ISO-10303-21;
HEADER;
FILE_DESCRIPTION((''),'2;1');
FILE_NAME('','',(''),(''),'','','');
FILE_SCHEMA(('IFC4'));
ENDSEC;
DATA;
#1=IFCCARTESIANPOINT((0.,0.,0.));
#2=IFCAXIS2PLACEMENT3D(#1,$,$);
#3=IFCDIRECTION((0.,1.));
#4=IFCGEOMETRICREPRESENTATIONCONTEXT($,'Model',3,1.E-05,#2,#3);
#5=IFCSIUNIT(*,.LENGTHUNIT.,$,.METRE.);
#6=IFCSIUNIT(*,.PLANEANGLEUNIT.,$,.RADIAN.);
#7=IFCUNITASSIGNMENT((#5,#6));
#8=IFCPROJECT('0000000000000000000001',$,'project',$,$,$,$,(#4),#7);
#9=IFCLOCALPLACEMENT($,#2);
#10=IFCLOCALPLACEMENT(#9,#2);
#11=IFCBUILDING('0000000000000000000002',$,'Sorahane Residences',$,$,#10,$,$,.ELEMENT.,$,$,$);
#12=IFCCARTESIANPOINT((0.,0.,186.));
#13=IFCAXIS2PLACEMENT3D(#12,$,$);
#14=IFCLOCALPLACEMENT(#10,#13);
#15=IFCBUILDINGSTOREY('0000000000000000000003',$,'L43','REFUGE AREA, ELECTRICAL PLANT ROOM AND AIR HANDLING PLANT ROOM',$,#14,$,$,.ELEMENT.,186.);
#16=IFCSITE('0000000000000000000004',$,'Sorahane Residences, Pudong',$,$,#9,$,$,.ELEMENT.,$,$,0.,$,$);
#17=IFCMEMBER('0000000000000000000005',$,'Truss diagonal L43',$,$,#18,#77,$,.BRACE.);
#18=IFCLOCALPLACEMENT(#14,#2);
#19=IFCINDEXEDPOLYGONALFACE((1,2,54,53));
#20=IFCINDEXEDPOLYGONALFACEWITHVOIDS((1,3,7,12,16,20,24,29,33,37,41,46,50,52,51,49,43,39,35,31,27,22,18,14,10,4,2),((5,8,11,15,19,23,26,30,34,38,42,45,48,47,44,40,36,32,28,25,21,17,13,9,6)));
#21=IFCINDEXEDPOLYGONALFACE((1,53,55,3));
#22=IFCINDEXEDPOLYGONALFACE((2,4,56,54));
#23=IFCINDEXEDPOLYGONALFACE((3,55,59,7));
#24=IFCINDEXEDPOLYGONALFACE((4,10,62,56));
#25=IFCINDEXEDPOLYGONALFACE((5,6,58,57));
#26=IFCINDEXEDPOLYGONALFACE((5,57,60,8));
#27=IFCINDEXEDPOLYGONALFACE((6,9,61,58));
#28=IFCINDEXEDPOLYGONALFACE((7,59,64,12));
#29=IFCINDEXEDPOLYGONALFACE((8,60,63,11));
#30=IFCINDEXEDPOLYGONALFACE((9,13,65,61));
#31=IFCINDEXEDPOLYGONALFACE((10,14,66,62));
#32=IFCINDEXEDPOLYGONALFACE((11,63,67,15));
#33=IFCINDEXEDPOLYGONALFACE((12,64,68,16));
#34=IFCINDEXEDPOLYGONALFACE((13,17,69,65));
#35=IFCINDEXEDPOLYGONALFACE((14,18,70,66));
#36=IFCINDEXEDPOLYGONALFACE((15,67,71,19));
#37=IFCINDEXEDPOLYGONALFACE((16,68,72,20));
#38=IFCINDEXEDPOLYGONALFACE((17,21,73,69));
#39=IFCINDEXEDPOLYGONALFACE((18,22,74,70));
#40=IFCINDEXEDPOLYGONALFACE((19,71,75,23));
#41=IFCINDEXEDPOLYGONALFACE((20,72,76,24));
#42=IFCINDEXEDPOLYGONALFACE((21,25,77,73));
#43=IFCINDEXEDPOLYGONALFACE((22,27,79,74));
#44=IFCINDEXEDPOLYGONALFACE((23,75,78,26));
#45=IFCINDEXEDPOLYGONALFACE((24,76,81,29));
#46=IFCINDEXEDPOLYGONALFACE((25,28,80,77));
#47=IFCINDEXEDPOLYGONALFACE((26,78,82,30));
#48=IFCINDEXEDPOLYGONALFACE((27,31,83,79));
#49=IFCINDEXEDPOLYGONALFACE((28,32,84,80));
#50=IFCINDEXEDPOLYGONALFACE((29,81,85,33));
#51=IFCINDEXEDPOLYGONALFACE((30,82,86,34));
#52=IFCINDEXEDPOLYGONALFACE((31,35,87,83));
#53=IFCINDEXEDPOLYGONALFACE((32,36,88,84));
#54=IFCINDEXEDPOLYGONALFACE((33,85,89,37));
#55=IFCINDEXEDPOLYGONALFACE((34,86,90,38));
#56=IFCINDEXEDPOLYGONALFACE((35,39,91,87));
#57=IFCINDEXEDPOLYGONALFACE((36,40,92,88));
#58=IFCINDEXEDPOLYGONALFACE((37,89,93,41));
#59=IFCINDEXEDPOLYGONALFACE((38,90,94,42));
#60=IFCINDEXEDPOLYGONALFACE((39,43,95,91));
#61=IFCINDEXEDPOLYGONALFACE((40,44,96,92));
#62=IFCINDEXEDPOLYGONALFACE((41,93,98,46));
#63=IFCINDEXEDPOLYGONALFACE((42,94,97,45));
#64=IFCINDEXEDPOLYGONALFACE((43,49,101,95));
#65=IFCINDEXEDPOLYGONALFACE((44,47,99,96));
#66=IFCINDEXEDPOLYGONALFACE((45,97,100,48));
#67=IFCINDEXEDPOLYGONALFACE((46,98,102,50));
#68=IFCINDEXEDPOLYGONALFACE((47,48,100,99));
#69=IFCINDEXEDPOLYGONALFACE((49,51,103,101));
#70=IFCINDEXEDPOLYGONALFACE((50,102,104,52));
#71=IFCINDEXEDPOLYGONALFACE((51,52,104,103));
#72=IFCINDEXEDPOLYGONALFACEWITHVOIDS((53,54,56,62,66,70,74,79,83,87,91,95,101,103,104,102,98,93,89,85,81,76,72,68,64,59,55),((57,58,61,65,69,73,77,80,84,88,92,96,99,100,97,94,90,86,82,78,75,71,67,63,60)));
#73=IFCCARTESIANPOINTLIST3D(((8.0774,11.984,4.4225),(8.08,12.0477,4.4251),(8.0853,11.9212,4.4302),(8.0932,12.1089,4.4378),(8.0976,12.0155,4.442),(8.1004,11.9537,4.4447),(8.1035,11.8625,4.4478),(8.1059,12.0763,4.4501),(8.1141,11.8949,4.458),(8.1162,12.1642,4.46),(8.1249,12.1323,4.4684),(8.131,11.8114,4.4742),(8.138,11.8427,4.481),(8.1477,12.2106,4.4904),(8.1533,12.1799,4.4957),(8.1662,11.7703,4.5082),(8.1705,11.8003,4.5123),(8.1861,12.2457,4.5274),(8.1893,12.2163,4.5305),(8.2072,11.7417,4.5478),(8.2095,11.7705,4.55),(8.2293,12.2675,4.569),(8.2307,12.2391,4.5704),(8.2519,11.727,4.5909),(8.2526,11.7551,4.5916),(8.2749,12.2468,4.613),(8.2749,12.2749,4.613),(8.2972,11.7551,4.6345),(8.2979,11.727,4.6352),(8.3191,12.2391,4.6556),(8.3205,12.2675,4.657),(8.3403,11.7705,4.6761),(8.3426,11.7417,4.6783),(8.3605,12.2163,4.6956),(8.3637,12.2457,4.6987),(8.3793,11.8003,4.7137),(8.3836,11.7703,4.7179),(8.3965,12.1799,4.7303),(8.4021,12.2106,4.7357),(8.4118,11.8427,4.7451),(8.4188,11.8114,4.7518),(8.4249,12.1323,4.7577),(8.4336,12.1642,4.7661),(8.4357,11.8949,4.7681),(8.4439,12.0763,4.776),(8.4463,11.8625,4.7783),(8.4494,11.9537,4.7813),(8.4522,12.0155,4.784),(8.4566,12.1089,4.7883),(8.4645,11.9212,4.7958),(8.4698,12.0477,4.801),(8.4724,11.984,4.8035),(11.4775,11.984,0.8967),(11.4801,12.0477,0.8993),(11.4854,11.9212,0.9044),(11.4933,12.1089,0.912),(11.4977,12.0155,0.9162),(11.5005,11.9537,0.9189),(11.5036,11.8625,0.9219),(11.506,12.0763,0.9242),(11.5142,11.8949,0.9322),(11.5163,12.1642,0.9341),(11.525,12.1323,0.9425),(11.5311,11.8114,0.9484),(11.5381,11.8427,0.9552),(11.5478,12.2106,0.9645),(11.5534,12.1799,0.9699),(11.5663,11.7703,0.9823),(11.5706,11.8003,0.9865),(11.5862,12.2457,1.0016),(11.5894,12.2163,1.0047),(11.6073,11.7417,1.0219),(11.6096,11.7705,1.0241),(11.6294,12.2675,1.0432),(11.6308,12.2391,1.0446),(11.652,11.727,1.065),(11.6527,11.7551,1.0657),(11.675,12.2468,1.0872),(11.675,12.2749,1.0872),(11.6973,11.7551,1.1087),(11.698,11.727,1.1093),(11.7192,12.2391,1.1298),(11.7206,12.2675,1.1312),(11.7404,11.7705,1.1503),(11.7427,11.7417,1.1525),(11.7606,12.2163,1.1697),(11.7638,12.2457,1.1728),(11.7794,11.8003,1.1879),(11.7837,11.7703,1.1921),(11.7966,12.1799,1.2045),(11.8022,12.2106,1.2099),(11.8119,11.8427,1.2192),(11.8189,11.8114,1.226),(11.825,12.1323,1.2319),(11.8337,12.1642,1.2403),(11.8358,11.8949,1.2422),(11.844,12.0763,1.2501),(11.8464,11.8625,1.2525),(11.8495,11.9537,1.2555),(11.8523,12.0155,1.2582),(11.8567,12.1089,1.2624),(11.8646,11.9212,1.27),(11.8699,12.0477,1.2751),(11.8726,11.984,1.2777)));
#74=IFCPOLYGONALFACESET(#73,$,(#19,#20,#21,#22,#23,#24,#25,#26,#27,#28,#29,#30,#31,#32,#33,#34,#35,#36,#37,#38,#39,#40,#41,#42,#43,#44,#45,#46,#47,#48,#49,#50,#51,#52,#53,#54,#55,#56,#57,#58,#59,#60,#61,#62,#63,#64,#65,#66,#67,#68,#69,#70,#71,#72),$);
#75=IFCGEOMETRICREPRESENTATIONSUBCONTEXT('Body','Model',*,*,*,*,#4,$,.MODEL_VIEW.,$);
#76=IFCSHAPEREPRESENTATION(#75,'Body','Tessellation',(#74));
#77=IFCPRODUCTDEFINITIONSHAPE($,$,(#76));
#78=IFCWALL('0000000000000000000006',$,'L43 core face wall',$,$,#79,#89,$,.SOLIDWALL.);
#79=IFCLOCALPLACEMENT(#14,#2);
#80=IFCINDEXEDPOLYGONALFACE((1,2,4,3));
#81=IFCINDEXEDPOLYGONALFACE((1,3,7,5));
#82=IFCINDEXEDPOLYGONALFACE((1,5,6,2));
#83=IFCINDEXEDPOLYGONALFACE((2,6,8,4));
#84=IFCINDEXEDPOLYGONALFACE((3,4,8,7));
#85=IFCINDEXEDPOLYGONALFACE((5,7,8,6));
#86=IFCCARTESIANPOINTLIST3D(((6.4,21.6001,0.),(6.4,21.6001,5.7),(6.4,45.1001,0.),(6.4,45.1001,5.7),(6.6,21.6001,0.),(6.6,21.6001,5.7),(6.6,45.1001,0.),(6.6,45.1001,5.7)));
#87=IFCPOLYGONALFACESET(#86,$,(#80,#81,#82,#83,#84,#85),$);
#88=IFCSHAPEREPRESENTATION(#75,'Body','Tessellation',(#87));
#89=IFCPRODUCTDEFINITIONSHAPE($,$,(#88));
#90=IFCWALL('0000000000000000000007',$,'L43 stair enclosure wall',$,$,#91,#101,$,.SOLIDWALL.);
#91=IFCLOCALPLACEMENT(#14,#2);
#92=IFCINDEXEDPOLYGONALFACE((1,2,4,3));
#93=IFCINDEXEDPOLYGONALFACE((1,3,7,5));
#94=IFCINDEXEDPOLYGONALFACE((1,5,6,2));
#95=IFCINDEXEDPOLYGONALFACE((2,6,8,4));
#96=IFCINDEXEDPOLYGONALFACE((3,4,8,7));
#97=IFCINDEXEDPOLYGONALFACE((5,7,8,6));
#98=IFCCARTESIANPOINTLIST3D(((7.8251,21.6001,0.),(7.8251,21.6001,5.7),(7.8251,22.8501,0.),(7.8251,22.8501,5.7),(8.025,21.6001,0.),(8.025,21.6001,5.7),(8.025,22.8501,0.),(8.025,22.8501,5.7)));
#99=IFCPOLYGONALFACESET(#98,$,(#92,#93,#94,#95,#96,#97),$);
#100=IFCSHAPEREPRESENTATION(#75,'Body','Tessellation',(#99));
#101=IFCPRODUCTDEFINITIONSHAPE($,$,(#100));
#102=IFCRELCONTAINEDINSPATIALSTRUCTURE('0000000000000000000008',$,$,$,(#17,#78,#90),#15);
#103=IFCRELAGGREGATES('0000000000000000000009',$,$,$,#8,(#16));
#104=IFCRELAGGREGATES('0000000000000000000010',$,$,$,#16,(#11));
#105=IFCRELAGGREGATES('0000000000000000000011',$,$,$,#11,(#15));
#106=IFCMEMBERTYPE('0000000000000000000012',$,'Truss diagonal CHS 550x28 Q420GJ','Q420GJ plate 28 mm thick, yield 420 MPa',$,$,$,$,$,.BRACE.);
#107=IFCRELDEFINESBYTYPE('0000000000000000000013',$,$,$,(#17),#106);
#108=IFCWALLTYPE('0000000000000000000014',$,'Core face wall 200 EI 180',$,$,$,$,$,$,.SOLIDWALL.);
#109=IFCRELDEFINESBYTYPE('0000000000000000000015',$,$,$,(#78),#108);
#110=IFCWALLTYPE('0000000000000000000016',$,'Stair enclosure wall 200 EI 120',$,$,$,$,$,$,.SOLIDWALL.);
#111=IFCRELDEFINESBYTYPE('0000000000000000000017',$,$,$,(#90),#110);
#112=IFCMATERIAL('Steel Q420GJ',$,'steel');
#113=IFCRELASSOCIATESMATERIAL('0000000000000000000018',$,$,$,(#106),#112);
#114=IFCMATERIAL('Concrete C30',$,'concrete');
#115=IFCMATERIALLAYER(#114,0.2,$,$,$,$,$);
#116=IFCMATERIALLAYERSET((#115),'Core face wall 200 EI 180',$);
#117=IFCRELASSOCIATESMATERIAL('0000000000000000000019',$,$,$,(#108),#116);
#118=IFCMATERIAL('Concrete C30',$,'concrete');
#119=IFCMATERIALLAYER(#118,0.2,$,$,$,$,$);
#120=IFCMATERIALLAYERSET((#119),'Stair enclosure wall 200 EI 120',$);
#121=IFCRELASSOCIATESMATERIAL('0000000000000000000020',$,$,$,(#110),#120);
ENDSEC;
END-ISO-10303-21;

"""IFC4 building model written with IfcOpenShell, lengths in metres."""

from ifc_helpers import new_model, si_unit, direction, frame, frame_2d, origin, origin_2d, place, context, subcontext, project, spatial, rectangle, hollow_circle, extrude, material, layer, layer_set, material_profile, profile_set, type_object, element, save


model = new_model("IFC4")

# Units and contexts
model_context = context("Model", 3, precision=1e-05, world=origin(), true_north=direction((0.0, 1.0)))
body_context = subcontext(model_context, "Body", "Model", "MODEL_VIEW")
ifc_project = project(units=[si_unit("LENGTHUNIT", "METRE"), si_unit("PLANEANGLEUNIT", "RADIAN")], contexts=[model_context])

# Site, building, storey
site_placement = place(None, origin())
site = spatial("IfcSite", under=ifc_project, at=site_placement, Name="Sorahane Residences, Pudong", CompositionType="ELEMENT", RefElevation=0.0)
building_placement = place(site_placement, origin())
building = spatial("IfcBuilding", under=site, at=building_placement, Name="Sorahane Residences", CompositionType="ELEMENT")
storey_placement = place(building_placement, frame((0.0, 0.0, 186.0)))
storey = spatial("IfcBuildingStorey", under=building, at=storey_placement, Name="L43", Description="REFUGE AREA, ELECTRICAL PLANT ROOM AND AIR HANDLING PLANT ROOM", CompositionType="ELEMENT", Elevation=186.0)

# Member
ifc_material_1 = material(Name="Steel Q420GJ", Category="steel")
ifc_material_profile_1 = material_profile(ifc_material_1, hollow_circle(Radius=0.2749, WallThickness=0.0281, at=origin_2d()), Name="CHS 550x28")
ifc_profile_set_1 = profile_set([ifc_material_profile_1], Name="Steel Q420GJ")
member_type = type_object("IfcMemberType", Name="Truss diagonal CHS 550x28 Q420GJ", Description="Q420GJ plate 28 mm thick, yield 420 MPa", PredefinedType="BRACE", material=ifc_profile_set_1)
member_placement = place(storey_placement, frame((8.2749, 12.0, 4.613), z_axis=(0.694156, 0.0, -0.719825), x_axis=(0.0, 1.0, 0.0)))
element("IfcMember", 1, at=member_placement, inside=storey, type_object=member_type, Name="Truss diagonal L43", PredefinedType="BRACE", context=body_context, shape_type="SweptSolid", body=[
    extrude(hollow_circle(Radius=0.2749, WallThickness=0.0281, at=origin_2d()), origin(), (0.0, 0.0, 1.0), 4.8982),
])

# Walls
ifc_material_2 = material(Name="Concrete C30", Category="concrete")
ifc_layer_1 = layer(ifc_material_2, 0.2)
ifc_layer_set_1 = layer_set([ifc_layer_1], Name="Core face wall 200 EI 180")
wall_type_1 = type_object("IfcWallType", Name="Core face wall 200 EI 180", PredefinedType="SOLIDWALL", material=ifc_layer_set_1)
wall_1_placement = place(storey_placement, frame((6.5, 21.6001, 0.0), z_axis=(0.0, 0.0, 1.0), x_axis=(0.0, 1.0, 0.0)))
element("IfcWall", 2, at=wall_1_placement, inside=storey, type_object=wall_type_1, Name="L43 core face wall", PredefinedType="SOLIDWALL", context=body_context, shape_type="SweptSolid", body=[
    extrude(rectangle(XDim=23.5, YDim=0.2, at=frame_2d((11.75, 0.0))), origin(), (0.0, 0.0, 1.0), 5.7),
])
ifc_material_3 = material(Name="Concrete C30", Category="concrete")
ifc_layer_2 = layer(ifc_material_3, 0.2)
ifc_layer_set_2 = layer_set([ifc_layer_2], Name="Stair enclosure wall 200 EI 120")
wall_type_2 = type_object("IfcWallType", Name="Stair enclosure wall 200 EI 120", PredefinedType="SOLIDWALL", material=ifc_layer_set_2)
wall_2_placement = place(storey_placement, frame((7.925, 21.6001, 0.0), z_axis=(0.0, 0.0, 1.0), x_axis=(0.0, 1.0, 0.0)))
element("IfcWall", 3, at=wall_2_placement, inside=storey, type_object=wall_type_2, Name="L43 stair enclosure wall", PredefinedType="SOLIDWALL", context=body_context, shape_type="SweptSolid", body=[
    extrude(rectangle(XDim=1.25, YDim=0.2, at=frame_2d((0.625, 0.0))), origin(), (0.0, 0.0, 1.0), 5.7),
])

save(model, "model.ifc")
